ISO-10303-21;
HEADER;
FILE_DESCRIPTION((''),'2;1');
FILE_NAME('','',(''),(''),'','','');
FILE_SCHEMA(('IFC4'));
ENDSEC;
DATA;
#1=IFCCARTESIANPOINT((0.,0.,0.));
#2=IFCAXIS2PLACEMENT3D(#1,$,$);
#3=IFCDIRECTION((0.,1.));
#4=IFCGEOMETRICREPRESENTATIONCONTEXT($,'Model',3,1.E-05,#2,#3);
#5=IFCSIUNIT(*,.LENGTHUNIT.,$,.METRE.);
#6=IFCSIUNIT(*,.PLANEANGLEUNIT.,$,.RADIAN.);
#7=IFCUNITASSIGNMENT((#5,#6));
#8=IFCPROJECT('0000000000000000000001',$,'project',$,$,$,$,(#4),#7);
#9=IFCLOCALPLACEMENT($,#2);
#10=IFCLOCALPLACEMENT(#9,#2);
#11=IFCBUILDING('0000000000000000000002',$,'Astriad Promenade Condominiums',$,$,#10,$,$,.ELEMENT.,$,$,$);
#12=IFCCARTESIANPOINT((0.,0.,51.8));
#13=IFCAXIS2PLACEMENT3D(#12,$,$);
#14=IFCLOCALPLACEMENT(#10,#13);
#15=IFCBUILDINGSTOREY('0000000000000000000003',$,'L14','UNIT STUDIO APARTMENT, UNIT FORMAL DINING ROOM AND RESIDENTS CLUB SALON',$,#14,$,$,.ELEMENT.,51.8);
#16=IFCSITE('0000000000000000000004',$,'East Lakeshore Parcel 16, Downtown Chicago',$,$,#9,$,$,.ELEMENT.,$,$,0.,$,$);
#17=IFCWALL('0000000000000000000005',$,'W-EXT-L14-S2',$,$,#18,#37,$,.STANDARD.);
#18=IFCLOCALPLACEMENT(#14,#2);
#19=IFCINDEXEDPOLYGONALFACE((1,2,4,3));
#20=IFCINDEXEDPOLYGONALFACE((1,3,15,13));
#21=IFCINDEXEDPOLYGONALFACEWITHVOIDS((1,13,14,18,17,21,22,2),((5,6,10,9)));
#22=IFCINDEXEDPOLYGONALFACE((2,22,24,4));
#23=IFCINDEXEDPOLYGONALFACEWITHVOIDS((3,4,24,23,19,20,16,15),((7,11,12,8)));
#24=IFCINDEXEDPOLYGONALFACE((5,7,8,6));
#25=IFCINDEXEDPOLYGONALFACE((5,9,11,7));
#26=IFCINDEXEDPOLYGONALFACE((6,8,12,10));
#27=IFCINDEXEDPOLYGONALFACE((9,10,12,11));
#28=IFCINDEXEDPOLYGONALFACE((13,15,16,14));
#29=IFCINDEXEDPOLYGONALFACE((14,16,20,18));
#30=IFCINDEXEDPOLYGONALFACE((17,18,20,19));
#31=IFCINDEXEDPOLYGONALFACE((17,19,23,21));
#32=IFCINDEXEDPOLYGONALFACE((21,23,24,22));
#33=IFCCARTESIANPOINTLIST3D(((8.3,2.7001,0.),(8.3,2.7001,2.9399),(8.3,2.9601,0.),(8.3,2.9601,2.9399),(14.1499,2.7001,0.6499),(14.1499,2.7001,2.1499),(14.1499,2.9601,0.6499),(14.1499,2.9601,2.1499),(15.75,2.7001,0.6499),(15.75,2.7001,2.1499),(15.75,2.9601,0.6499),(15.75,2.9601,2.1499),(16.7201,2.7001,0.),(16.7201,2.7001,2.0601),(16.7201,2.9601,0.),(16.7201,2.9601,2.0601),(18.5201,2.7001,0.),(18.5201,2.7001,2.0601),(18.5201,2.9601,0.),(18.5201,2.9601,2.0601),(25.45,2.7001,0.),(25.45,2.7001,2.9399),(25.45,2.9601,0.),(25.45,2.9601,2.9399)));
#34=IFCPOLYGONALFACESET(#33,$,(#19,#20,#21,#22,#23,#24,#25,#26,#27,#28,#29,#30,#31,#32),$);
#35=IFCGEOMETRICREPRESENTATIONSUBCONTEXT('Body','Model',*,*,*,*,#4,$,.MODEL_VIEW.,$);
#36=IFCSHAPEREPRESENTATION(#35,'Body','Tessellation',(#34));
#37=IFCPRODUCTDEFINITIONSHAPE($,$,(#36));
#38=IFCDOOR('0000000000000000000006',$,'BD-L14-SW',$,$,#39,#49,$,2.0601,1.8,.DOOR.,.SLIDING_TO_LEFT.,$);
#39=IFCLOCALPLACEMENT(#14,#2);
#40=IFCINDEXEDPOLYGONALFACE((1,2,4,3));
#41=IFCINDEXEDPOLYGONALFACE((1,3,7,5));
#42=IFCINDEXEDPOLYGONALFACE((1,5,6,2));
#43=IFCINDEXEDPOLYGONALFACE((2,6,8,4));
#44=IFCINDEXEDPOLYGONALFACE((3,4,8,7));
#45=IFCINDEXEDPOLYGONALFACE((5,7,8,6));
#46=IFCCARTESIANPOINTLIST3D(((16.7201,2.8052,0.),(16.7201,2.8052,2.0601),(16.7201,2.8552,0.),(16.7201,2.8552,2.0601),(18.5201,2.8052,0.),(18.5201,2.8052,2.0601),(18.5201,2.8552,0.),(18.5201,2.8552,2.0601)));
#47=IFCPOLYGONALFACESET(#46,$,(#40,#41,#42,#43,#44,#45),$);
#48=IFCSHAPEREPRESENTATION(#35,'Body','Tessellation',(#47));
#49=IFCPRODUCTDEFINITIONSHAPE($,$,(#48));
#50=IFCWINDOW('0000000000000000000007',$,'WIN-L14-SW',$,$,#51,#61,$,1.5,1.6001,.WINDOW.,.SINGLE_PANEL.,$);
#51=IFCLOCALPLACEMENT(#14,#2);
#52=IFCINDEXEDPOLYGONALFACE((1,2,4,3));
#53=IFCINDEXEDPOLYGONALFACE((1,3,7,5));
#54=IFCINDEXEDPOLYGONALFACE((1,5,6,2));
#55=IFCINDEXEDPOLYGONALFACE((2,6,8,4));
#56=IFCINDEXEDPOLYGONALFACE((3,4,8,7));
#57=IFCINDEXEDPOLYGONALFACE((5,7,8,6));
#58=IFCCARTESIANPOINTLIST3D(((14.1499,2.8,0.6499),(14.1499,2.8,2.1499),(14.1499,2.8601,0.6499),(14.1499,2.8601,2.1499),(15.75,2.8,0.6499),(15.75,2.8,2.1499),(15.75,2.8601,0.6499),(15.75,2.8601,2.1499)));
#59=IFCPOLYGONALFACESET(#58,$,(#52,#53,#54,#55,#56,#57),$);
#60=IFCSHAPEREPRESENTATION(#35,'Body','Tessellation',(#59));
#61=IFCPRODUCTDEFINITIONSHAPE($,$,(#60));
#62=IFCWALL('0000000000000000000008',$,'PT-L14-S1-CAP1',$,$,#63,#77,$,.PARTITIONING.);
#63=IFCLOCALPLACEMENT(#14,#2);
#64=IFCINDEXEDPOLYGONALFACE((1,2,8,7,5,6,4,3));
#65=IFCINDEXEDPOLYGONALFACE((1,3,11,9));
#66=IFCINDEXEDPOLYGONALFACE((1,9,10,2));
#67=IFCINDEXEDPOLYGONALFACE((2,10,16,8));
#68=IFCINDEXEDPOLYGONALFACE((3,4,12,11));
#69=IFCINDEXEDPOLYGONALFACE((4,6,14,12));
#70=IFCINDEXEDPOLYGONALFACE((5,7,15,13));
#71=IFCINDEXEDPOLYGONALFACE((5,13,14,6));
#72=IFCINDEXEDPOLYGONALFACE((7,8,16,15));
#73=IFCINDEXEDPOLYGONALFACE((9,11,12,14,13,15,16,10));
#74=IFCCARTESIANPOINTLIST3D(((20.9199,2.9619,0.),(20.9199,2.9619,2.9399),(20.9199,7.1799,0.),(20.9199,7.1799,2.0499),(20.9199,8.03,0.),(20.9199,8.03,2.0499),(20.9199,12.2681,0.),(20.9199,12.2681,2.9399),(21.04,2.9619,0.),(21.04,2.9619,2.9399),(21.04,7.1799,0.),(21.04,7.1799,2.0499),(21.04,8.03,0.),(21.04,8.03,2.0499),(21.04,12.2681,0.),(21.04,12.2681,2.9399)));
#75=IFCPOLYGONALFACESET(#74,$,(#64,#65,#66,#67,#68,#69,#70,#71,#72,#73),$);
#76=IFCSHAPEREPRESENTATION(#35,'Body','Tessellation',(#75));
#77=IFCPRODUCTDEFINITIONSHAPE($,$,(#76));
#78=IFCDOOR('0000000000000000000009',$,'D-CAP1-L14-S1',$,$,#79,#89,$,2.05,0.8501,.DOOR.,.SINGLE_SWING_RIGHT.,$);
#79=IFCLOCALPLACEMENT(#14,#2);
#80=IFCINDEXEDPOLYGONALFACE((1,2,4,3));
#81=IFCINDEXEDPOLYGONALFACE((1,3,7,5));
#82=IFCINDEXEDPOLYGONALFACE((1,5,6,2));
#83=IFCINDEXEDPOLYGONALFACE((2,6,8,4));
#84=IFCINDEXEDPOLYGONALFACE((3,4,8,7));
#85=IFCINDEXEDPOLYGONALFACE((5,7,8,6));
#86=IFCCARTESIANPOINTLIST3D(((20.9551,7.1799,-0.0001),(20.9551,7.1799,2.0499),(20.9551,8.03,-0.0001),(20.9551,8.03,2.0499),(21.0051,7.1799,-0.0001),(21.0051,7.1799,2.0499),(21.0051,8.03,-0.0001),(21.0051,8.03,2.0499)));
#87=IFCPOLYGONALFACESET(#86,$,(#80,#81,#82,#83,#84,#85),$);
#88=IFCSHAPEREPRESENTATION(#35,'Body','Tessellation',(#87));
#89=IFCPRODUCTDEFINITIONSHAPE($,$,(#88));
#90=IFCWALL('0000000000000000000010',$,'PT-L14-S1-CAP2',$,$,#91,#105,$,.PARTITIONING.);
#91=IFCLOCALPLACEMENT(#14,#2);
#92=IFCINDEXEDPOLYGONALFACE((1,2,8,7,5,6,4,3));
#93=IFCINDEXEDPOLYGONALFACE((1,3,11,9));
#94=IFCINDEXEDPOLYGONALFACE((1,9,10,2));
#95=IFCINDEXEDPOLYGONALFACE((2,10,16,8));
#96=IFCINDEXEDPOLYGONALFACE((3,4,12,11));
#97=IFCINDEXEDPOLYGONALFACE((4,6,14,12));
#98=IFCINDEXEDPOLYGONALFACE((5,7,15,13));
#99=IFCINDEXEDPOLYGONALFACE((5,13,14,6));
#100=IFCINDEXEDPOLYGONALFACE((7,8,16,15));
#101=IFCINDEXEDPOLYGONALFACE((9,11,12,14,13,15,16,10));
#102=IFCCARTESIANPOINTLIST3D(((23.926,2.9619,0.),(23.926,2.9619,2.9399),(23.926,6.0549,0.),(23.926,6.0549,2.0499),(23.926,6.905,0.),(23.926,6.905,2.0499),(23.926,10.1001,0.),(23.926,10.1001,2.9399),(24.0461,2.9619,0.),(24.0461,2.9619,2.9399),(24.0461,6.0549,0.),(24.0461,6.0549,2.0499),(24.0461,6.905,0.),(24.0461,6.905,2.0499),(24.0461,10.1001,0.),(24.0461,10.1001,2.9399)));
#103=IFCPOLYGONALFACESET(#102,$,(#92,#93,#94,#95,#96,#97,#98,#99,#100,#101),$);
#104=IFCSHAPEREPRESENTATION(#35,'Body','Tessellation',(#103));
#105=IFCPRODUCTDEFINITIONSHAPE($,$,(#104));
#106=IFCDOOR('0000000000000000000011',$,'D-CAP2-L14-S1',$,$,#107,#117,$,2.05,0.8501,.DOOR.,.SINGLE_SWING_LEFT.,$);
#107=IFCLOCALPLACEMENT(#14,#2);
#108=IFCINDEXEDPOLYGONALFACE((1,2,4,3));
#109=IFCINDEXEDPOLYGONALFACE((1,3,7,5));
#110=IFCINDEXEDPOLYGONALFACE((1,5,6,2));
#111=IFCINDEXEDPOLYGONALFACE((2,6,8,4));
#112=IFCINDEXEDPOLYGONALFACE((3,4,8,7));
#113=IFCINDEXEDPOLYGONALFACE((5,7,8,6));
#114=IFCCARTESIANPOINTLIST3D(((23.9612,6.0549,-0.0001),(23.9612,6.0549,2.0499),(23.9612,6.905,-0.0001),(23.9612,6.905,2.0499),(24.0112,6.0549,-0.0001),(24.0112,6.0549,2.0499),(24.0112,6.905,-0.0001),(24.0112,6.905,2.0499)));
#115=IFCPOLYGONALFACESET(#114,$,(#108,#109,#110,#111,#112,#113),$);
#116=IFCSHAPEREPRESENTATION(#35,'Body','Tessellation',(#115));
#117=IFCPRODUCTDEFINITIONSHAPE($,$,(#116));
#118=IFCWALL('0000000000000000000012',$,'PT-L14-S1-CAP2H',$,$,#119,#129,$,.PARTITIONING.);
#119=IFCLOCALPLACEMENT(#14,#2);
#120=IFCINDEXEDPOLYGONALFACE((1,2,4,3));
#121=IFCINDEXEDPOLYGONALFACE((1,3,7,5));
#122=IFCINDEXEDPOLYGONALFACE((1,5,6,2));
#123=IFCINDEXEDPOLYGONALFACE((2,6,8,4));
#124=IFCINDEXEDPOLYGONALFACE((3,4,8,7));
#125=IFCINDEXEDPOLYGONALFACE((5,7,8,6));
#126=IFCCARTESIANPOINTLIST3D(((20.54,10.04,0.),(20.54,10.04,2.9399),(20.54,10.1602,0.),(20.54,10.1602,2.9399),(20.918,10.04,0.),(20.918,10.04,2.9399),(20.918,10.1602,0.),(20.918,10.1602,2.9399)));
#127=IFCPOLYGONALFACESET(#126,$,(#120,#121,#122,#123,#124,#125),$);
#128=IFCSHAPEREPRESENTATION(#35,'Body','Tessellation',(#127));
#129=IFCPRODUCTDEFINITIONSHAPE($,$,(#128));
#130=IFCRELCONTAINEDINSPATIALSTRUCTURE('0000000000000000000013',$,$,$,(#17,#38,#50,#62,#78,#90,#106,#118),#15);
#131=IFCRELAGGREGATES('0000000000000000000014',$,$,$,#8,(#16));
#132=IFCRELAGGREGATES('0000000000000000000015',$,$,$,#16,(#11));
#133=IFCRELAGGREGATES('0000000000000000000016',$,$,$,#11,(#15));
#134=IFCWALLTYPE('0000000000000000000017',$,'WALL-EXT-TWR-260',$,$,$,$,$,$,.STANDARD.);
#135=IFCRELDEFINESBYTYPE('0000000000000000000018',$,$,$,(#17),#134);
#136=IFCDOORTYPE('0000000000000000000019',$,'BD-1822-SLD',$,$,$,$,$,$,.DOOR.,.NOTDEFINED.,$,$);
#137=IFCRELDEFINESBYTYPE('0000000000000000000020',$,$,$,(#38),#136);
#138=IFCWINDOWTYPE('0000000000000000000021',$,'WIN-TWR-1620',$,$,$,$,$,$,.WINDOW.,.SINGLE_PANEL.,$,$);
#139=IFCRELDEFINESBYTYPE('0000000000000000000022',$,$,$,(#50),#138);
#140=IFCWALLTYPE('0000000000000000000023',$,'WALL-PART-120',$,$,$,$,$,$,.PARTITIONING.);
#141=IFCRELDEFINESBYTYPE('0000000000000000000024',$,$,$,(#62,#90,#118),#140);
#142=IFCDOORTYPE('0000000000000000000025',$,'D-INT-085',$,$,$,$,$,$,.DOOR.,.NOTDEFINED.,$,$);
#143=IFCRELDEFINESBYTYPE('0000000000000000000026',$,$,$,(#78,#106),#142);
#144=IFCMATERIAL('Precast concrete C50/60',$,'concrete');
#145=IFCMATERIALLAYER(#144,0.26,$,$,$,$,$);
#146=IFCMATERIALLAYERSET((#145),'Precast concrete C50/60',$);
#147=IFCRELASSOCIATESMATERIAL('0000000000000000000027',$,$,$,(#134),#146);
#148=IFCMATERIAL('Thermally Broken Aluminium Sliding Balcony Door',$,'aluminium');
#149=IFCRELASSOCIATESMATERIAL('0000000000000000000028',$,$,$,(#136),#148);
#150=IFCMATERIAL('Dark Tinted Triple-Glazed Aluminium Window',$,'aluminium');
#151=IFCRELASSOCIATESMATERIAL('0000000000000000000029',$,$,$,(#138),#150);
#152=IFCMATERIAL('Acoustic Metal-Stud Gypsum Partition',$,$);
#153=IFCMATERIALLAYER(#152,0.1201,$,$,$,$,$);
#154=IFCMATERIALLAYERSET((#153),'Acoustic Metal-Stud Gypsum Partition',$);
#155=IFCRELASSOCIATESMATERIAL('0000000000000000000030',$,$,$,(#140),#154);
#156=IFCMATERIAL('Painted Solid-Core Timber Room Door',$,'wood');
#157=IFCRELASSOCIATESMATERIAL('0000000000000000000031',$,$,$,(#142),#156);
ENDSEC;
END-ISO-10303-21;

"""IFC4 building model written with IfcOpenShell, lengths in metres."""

from ifc_helpers import new_model, si_unit, direction, frame, frame_2d, origin, place, context, subcontext, project, spatial, rectangle, extrude, source, transform, mapped, material, layer, layer_set, type_object, type_shapes, element, fill, save


model = new_model("IFC4")

# Units and contexts
model_context = context("Model", 3, precision=1e-05, world=origin(), true_north=direction((0.0, 1.0)))
body_context = subcontext(model_context, "Body", "Model", "MODEL_VIEW")
ifc_project = project(units=[si_unit("LENGTHUNIT", "METRE"), si_unit("PLANEANGLEUNIT", "RADIAN")], contexts=[model_context])

# Site, building, storey
site_placement = place(None, origin())
site = spatial("IfcSite", under=ifc_project, at=site_placement, Name="East Lakeshore Parcel 16, Downtown Chicago", CompositionType="ELEMENT", RefElevation=0.0)
building_placement = place(site_placement, origin())
building = spatial("IfcBuilding", under=site, at=building_placement, Name="Astriad Promenade Condominiums", CompositionType="ELEMENT")
storey_placement = place(building_placement, frame((0.0, 0.0, 51.8)))
storey = spatial("IfcBuildingStorey", under=building, at=storey_placement, Name="L14", Description="UNIT STUDIO APARTMENT, UNIT FORMAL DINING ROOM AND RESIDENTS CLUB SALON", CompositionType="ELEMENT", Elevation=51.8)

# Wall, openings, door, window
ifc_material_1 = material(Name="Precast concrete C50/60", Category="concrete")
ifc_layer_1 = layer(ifc_material_1, 0.26)
ifc_layer_set_1 = layer_set([ifc_layer_1], Name="Precast concrete C50/60")
wall_type_1 = type_object("IfcWallType", Name="WALL-EXT-TWR-260", PredefinedType="STANDARD", material=ifc_layer_set_1)
wall_1_placement = place(storey_placement, frame((25.45, 2.8301, 0.0), z_axis=(0.0, 0.0, 1.0), x_axis=(-1.0, 0.0, 0.0)))
wall_1 = element("IfcWall", 1, at=wall_1_placement, inside=storey, type_object=wall_type_1, Name="W-EXT-L14-S2", PredefinedType="STANDARD", context=body_context, shape_type="SweptSolid", body=[
    extrude(rectangle(XDim=17.1499, YDim=0.26, at=frame_2d((8.575, 0.0))), origin(), (0.0, 0.0, 1.0), 2.9399),
])
opening_1_placement = place(wall_1_placement, frame((6.9299, 0.0, 0.0)))
opening_1 = element("IfcOpeningElement", 2, at=opening_1_placement, cuts=wall_1, PredefinedType="OPENING", context=body_context, shape_type="SweptSolid", body=[
    extrude(rectangle(XDim=1.8, YDim=2.0601, at=frame_2d((0.8999, 1.03))), frame((0.0, 0.1399, 0.0), z_axis=(0.0, -1.0, 0.0), x_axis=(1.0, 0.0, 0.0)), (0.0, 0.0, 1.0), 0.28),
])
opening_2_placement = place(wall_1_placement, frame((9.7, 0.0, 0.6499)))
opening_2 = element("IfcOpeningElement", 3, at=opening_2_placement, cuts=wall_1, PredefinedType="OPENING", context=body_context, shape_type="SweptSolid", body=[
    extrude(rectangle(XDim=1.6001, YDim=1.5, at=frame_2d((0.8, 0.75))), frame((0.0, 0.1399, 0.0), z_axis=(0.0, -1.0, 0.0), x_axis=(1.0, 0.0, 0.0)), (0.0, 0.0, 1.0), 0.28),
])
ifc_material_2 = material(Name="Thermally Broken Aluminium Sliding Balcony Door", Category="aluminium")
door_type_1 = type_object("IfcDoorType", Name="BD-1822-SLD", OperationType="NOTDEFINED", PredefinedType="DOOR", material=ifc_material_2)
shared_shape_1 = source(origin(), body_context, "Body", "SweptSolid", [
    extrude(rectangle(XDim=1.8, YDim=2.0601, at=frame_2d((0.8999, 1.03))), frame((0.0, 0.0249, 0.0), z_axis=(0.0, -1.0, 0.0), x_axis=(1.0, 0.0, 0.0)), (0.0, 0.0, 1.0), 0.05),
])
type_shapes(door_type_1, [shared_shape_1])
door_1_placement = place(opening_1_placement, origin())
door_1 = element("IfcDoor", 4, at=door_1_placement, inside=storey, type_object=door_type_1, Name="BD-L14-SW", OperationType="SLIDING_TO_LEFT", OverallHeight=2.0601, OverallWidth=1.8, PredefinedType="DOOR", context=body_context, shape_type="MappedRepresentation", body=[
    mapped(shared_shape_1, transform((0.0, 0.0, 0.0), scale=1.0)),
])
fill(opening_1, door_1)
ifc_material_3 = material(Name="Dark Tinted Triple-Glazed Aluminium Window", Category="aluminium")
window_type = type_object("IfcWindowType", Name="WIN-TWR-1620", PartitioningType="SINGLE_PANEL", PredefinedType="WINDOW", material=ifc_material_3)
shared_shape_2 = source(origin(), body_context, "Body", "SweptSolid", [
    extrude(rectangle(XDim=1.6001, YDim=1.5, at=frame_2d((0.8, 0.75))), frame((0.0, 0.03, 0.0), z_axis=(0.0, -1.0, 0.0), x_axis=(1.0, 0.0, 0.0)), (0.0, 0.0, 1.0), 0.0601),
])
type_shapes(window_type, [shared_shape_2])
window_placement = place(opening_2_placement, origin())
window = element("IfcWindow", 5, at=window_placement, inside=storey, type_object=window_type, Name="WIN-L14-SW", OverallHeight=1.5, OverallWidth=1.6001, PartitioningType="SINGLE_PANEL", PredefinedType="WINDOW", context=body_context, shape_type="MappedRepresentation", body=[
    mapped(shared_shape_2, transform((0.0, 0.0, 0.0), scale=1.0)),
])
fill(opening_2, window)

# Walls, openings, doors
ifc_material_4 = material(Name="Acoustic Metal-Stud Gypsum Partition")
ifc_layer_2 = layer(ifc_material_4, 0.1201)
ifc_layer_set_2 = layer_set([ifc_layer_2], Name="Acoustic Metal-Stud Gypsum Partition")
wall_type_2 = type_object("IfcWallType", Name="WALL-PART-120", PredefinedType="PARTITIONING", material=ifc_layer_set_2)
wall_2_placement = place(storey_placement, frame((20.98, 2.9619, 0.0), z_axis=(0.0, 0.0, 1.0), x_axis=(0.0, 1.0, 0.0)))
wall_2 = element("IfcWall", 6, at=wall_2_placement, inside=storey, type_object=wall_type_2, Name="PT-L14-S1-CAP1", PredefinedType="PARTITIONING", context=body_context, shape_type="SweptSolid", body=[
    extrude(rectangle(XDim=9.3062, YDim=0.1201, at=frame_2d((4.6531, 0.0))), origin(), (0.0, 0.0, 1.0), 2.9399),
])
opening_3_placement = place(wall_2_placement, frame((4.218, 0.0, 0.0)))
opening_3 = element("IfcOpeningElement", 7, at=opening_3_placement, cuts=wall_2, PredefinedType="OPENING", context=body_context, shape_type="SweptSolid", body=[
    extrude(rectangle(XDim=0.8501, YDim=2.05, at=frame_2d((0.425, 1.0249))), frame((0.0, 0.0701, 0.0), z_axis=(0.0, -1.0, 0.0), x_axis=(1.0, 0.0, 0.0)), (0.0, 0.0, 1.0), 0.1401),
])
ifc_material_5 = material(Name="Painted Solid-Core Timber Room Door", Category="wood")
door_type_2 = type_object("IfcDoorType", Name="D-INT-085", OperationType="NOTDEFINED", PredefinedType="DOOR", material=ifc_material_5)
shared_shape_3 = source(origin(), body_context, "Body", "SweptSolid", [
    extrude(rectangle(XDim=0.8501, YDim=2.05, at=frame_2d((0.425, 1.0249))), frame((0.0, 0.0249, 0.0), z_axis=(0.0, -1.0, 0.0), x_axis=(1.0, 0.0, 0.0)), (0.0, 0.0, 1.0), 0.05),
])
type_shapes(door_type_2, [shared_shape_3])
door_2_placement = place(opening_3_placement, origin())
door_2 = element("IfcDoor", 8, at=door_2_placement, inside=storey, type_object=door_type_2, Name="D-CAP1-L14-S1", OperationType="SINGLE_SWING_RIGHT", OverallHeight=2.05, OverallWidth=0.8501, PredefinedType="DOOR", context=body_context, shape_type="MappedRepresentation", body=[
    mapped(shared_shape_3, transform((0.0, 0.0, 0.0), scale=1.0)),
])
fill(opening_3, door_2)
wall_3_placement = place(storey_placement, frame((23.9861, 2.9619, 0.0), z_axis=(0.0, 0.0, 1.0), x_axis=(0.0, 1.0, 0.0)))
wall_3 = element("IfcWall", 9, at=wall_3_placement, inside=storey, type_object=wall_type_2, Name="PT-L14-S1-CAP2", PredefinedType="PARTITIONING", context=body_context, shape_type="SweptSolid", body=[
    extrude(rectangle(XDim=7.1382, YDim=0.1201, at=frame_2d((3.5691, 0.0))), origin(), (0.0, 0.0, 1.0), 2.9399),
])
opening_4_placement = place(wall_3_placement, frame((3.093, 0.0, 0.0)))
opening_4 = element("IfcOpeningElement", 10, at=opening_4_placement, cuts=wall_3, PredefinedType="OPENING", context=body_context, shape_type="SweptSolid", body=[
    extrude(rectangle(XDim=0.8501, YDim=2.05, at=frame_2d((0.425, 1.0249))), frame((0.0, 0.0701, 0.0), z_axis=(0.0, -1.0, 0.0), x_axis=(1.0, 0.0, 0.0)), (0.0, 0.0, 1.0), 0.1401),
])
door_3_placement = place(opening_4_placement, origin())
door_3 = element("IfcDoor", 11, at=door_3_placement, inside=storey, type_object=door_type_2, Name="D-CAP2-L14-S1", OperationType="SINGLE_SWING_LEFT", OverallHeight=2.05, OverallWidth=0.8501, PredefinedType="DOOR", context=body_context, shape_type="MappedRepresentation", body=[
    mapped(shared_shape_3, transform((0.0, 0.0, 0.0), scale=1.0)),
])
fill(opening_4, door_3)

# Wall
wall_4_placement = place(storey_placement, frame((20.54, 10.1001, 0.0), z_axis=(0.0, 0.0, 1.0), x_axis=(1.0, 0.0, 0.0)))
element("IfcWall", 12, at=wall_4_placement, inside=storey, type_object=wall_type_2, Name="PT-L14-S1-CAP2H", PredefinedType="PARTITIONING", context=body_context, shape_type="SweptSolid", body=[
    extrude(rectangle(XDim=0.3779, YDim=0.1201, at=frame_2d((0.189, 0.0))), origin(), (0.0, 0.0, 1.0), 2.9399),
])

save(model, "model.ifc")
